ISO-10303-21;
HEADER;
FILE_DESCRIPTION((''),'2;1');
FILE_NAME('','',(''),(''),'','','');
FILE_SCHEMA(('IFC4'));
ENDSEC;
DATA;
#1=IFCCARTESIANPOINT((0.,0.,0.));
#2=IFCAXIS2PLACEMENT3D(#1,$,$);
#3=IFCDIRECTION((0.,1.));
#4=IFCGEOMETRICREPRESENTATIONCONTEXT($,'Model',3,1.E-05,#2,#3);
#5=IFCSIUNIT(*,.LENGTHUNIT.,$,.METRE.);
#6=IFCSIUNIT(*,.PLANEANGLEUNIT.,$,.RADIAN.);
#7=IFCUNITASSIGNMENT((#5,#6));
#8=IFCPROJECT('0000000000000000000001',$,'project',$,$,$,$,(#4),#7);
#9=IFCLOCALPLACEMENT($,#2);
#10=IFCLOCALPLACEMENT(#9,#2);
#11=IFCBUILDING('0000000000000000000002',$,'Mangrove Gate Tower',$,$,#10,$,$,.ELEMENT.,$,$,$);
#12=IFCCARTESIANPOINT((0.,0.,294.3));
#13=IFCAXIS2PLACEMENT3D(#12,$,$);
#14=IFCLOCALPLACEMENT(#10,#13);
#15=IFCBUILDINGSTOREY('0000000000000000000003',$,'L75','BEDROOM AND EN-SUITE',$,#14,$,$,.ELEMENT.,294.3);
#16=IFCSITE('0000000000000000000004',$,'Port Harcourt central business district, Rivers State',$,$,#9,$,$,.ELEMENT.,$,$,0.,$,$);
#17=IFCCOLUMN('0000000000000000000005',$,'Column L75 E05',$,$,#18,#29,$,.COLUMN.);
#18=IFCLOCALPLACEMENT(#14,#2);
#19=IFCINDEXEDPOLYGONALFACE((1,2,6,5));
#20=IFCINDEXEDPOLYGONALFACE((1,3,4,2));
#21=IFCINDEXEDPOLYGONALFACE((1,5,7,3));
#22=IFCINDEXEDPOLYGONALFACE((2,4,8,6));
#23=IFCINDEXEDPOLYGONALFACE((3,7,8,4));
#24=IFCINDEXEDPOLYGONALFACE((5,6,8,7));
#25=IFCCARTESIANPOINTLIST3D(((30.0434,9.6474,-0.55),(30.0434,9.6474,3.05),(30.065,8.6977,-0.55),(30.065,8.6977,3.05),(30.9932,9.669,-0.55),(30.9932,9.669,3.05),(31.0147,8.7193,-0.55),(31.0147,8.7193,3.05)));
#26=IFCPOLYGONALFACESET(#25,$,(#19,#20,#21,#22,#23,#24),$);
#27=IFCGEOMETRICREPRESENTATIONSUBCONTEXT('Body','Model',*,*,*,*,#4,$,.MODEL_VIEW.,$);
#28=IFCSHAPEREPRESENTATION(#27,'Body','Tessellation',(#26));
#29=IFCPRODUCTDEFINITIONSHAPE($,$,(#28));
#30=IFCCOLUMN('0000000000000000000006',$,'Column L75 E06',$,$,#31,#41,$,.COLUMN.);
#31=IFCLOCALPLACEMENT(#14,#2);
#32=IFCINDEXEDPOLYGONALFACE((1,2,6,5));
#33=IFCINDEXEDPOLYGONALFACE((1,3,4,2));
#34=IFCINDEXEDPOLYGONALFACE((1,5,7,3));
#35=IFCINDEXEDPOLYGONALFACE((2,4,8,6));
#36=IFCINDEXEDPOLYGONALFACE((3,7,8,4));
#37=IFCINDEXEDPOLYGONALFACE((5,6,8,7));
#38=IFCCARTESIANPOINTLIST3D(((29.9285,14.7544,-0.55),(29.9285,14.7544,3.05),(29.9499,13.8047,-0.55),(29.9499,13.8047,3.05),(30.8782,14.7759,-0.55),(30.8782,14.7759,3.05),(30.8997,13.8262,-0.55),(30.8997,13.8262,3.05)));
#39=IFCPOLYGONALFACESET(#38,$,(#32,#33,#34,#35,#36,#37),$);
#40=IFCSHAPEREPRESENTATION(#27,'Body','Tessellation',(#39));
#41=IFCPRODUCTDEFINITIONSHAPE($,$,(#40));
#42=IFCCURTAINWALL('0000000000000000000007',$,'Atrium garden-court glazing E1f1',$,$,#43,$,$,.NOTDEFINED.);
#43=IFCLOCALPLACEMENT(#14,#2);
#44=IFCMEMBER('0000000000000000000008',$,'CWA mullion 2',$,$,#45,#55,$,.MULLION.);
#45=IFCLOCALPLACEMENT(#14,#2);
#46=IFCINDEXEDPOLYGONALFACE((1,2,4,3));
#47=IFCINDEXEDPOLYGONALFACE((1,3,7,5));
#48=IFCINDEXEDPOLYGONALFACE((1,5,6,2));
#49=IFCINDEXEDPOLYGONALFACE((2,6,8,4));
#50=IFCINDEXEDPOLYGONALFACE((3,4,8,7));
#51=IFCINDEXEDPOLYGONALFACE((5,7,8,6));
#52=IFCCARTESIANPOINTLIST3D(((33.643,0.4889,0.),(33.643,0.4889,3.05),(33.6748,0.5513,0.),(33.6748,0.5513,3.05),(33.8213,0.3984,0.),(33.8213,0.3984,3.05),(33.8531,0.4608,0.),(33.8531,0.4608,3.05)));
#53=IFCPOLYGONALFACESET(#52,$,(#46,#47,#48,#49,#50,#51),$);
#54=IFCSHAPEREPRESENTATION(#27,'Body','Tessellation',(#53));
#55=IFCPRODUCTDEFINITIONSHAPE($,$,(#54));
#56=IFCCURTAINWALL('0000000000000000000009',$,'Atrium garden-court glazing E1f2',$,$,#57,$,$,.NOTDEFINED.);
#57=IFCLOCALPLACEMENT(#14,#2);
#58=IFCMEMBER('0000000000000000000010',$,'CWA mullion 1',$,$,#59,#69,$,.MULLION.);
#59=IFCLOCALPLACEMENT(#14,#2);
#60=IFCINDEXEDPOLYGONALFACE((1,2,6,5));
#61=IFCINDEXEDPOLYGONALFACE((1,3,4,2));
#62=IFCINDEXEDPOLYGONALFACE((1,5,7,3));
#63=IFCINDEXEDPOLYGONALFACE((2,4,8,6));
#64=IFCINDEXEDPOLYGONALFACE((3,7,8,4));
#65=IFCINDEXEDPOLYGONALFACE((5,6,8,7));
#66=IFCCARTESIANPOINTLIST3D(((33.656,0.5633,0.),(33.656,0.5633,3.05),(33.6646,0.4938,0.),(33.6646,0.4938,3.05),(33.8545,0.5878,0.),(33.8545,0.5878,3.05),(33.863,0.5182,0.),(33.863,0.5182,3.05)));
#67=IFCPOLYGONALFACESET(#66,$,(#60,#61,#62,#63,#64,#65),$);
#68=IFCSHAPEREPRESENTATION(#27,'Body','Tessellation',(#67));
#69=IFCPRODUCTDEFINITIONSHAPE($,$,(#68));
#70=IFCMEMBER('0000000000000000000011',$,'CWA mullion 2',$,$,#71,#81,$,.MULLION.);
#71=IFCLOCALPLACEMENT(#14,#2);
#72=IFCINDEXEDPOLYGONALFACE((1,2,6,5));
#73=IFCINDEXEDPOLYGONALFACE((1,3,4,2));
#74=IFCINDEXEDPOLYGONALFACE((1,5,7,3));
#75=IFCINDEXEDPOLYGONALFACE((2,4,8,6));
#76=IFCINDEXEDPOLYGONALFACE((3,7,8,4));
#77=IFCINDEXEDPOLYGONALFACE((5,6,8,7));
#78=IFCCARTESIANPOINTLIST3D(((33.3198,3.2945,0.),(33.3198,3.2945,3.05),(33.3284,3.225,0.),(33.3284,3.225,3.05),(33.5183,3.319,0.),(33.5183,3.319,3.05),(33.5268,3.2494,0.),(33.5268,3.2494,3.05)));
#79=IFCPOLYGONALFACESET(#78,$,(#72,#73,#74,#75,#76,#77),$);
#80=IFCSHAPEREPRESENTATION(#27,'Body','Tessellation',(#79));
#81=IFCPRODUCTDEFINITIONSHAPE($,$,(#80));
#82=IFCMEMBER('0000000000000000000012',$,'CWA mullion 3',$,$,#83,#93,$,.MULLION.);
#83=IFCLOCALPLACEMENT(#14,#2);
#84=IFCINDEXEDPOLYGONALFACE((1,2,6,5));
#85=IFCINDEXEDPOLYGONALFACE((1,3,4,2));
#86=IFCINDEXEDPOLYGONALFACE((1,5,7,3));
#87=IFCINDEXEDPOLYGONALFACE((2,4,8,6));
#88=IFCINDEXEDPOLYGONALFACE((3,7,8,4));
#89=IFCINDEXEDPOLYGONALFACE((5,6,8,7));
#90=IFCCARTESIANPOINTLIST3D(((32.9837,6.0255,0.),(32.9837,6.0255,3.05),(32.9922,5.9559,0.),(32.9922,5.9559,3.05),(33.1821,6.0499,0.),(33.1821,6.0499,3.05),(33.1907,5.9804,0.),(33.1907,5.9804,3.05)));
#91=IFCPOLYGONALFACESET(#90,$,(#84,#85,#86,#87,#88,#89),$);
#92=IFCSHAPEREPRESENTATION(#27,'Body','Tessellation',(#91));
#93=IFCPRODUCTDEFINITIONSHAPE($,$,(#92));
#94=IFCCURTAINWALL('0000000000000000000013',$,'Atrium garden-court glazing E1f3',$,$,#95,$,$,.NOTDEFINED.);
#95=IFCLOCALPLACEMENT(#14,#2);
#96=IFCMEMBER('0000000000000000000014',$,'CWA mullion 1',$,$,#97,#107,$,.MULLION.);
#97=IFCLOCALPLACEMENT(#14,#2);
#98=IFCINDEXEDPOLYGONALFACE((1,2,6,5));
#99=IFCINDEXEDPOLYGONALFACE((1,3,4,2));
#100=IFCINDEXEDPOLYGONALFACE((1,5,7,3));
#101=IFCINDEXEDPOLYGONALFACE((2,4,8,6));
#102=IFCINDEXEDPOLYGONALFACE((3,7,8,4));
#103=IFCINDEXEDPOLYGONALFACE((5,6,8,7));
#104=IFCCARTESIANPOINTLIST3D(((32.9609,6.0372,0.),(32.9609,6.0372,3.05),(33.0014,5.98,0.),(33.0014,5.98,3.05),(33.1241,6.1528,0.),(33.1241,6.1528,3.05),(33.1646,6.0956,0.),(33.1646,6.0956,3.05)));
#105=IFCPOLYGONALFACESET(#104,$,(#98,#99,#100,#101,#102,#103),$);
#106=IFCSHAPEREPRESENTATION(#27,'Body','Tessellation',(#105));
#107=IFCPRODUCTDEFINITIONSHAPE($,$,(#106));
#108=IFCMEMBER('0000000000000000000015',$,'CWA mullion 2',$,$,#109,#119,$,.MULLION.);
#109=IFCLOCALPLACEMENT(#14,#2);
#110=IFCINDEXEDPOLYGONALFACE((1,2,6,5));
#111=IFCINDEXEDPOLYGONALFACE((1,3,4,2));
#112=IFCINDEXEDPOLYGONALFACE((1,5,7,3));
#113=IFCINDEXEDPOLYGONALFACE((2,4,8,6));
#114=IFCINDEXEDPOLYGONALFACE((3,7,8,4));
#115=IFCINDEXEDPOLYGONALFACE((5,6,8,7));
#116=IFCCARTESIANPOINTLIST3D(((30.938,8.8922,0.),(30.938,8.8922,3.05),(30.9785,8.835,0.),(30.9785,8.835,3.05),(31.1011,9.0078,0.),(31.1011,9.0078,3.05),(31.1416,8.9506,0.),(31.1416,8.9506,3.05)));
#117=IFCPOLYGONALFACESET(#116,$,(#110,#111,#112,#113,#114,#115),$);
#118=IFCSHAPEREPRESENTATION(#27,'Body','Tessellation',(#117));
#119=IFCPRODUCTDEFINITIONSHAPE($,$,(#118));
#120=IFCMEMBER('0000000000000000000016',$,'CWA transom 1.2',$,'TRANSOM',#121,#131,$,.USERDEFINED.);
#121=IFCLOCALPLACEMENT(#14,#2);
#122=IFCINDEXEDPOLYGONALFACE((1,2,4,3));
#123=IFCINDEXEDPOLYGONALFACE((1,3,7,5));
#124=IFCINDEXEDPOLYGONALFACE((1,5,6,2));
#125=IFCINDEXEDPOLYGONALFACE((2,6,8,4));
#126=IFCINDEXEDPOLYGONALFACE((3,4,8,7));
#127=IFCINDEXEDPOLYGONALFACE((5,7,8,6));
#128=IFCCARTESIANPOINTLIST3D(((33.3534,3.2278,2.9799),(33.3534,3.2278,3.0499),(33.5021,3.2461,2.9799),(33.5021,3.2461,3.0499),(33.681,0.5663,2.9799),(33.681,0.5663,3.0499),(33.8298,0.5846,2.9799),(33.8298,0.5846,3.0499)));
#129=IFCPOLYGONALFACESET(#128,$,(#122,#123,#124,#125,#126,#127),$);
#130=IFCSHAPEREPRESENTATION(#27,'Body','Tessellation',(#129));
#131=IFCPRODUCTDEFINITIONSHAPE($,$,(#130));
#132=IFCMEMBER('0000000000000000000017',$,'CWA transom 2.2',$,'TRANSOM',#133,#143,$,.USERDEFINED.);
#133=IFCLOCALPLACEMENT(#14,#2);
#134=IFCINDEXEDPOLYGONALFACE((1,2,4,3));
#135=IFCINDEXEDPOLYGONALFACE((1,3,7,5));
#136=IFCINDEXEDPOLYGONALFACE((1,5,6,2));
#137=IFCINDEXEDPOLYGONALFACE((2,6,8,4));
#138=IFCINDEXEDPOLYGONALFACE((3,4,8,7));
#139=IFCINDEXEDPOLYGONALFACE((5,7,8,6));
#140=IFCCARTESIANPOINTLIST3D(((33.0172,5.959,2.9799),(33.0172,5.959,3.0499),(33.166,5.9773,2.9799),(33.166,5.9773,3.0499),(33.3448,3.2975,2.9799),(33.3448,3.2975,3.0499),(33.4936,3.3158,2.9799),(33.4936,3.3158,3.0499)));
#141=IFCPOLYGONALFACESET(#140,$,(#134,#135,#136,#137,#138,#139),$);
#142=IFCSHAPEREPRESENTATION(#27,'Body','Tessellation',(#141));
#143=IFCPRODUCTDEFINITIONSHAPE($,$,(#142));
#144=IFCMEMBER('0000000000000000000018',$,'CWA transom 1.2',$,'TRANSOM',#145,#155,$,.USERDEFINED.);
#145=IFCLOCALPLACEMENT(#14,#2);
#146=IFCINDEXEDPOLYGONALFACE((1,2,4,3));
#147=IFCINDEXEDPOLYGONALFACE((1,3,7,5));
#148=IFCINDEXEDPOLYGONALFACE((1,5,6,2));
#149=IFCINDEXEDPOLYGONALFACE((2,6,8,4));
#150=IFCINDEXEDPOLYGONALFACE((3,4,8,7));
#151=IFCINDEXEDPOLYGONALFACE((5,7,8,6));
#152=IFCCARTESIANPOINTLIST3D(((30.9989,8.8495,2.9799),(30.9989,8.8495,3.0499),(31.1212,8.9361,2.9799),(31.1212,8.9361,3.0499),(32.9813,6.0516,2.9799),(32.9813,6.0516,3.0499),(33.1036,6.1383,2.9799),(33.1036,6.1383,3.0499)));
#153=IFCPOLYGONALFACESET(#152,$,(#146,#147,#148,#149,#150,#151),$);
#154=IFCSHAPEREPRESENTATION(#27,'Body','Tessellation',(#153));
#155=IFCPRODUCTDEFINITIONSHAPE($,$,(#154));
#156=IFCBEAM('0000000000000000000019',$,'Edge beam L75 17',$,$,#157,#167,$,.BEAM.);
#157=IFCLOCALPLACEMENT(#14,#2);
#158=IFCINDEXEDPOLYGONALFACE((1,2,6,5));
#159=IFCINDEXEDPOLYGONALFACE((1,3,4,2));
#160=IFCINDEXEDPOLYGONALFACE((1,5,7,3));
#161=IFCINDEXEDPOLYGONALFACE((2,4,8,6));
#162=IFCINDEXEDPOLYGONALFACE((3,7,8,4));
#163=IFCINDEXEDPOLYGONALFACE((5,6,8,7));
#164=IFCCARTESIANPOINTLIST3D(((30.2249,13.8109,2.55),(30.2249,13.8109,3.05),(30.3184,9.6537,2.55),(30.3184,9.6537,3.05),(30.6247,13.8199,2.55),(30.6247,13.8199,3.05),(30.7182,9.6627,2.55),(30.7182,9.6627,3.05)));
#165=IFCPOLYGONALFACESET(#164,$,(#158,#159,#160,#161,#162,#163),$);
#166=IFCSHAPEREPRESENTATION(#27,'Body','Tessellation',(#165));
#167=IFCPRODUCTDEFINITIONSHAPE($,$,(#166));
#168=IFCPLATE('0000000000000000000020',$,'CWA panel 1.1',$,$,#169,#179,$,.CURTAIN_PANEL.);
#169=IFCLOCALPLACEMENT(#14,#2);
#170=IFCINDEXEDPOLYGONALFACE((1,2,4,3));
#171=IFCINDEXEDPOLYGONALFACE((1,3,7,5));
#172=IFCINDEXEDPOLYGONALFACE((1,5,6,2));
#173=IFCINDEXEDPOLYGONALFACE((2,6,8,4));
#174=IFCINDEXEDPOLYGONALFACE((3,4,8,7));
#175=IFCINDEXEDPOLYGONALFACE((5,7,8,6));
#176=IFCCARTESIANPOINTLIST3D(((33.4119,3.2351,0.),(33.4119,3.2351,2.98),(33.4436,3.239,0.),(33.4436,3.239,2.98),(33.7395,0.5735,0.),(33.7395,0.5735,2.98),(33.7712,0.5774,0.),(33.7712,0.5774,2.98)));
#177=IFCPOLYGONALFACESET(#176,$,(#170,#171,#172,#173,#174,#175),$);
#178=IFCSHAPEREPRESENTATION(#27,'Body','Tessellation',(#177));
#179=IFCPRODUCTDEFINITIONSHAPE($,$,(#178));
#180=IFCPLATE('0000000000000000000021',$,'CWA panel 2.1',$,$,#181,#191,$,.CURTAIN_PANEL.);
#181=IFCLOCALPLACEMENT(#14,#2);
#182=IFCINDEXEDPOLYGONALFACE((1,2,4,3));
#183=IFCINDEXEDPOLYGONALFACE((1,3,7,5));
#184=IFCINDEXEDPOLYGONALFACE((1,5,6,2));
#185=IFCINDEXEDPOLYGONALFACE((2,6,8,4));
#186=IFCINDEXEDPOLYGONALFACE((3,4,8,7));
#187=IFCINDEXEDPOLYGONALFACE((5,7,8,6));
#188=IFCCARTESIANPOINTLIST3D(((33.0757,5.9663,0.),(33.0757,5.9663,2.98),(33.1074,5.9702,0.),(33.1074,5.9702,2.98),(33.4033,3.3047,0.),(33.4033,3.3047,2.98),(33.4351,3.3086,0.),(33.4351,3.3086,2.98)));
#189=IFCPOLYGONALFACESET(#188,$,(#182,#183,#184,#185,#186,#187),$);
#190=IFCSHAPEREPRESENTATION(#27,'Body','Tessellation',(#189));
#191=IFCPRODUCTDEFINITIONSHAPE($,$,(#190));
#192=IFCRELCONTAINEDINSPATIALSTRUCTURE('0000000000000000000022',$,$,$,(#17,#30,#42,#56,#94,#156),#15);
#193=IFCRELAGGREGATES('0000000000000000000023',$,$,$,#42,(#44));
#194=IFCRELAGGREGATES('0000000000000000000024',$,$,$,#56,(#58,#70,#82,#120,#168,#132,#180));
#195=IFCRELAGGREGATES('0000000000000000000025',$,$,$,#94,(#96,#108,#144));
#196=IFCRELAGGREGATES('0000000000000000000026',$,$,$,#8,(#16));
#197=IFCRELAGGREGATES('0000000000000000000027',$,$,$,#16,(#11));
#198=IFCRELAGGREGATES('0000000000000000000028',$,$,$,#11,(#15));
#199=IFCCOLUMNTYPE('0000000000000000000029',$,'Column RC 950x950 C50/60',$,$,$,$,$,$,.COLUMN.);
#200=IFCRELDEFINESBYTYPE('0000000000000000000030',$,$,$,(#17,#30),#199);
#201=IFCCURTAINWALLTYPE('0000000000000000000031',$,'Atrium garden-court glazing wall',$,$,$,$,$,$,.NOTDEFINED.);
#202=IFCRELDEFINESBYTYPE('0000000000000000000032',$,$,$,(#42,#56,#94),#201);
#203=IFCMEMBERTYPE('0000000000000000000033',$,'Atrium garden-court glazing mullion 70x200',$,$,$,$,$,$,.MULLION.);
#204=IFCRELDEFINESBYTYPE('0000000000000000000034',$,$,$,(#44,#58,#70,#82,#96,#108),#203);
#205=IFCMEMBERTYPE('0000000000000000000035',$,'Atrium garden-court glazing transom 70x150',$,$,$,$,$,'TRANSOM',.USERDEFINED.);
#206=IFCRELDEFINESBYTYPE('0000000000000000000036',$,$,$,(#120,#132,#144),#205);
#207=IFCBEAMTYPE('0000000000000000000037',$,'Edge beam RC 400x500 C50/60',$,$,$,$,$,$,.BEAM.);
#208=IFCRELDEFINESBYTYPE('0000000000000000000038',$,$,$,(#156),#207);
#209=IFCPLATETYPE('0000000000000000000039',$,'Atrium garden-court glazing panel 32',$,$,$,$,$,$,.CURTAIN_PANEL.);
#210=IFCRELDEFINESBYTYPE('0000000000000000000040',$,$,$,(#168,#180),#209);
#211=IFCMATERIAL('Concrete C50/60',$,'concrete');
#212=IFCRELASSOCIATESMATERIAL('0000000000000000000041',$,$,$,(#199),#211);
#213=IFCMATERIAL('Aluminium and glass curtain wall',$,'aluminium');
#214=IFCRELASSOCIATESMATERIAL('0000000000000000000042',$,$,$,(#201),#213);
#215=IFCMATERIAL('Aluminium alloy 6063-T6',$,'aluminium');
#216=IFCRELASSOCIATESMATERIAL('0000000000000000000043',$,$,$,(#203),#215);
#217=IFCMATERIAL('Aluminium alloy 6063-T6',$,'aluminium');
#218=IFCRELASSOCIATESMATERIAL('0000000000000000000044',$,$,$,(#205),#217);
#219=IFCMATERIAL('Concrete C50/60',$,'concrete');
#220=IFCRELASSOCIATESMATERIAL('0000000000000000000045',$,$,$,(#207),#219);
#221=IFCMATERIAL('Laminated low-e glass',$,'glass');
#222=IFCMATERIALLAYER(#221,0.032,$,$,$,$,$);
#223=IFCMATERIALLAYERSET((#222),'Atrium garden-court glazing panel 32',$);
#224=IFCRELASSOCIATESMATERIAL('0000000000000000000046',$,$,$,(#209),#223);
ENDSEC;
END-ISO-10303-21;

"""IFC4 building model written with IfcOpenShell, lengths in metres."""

from ifc_helpers import new_model, si_unit, direction, frame, origin, origin_2d, place, context, subcontext, project, spatial, rectangle, extrude, material, layer, layer_set, material_profile, profile_set, type_object, element, aggregate, save


model = new_model("IFC4")

# Units and contexts
model_context = context("Model", 3, precision=1e-05, world=origin(), true_north=direction((0.0, 1.0)))
body_context = subcontext(model_context, "Body", "Model", "MODEL_VIEW")
ifc_project = project(units=[si_unit("LENGTHUNIT", "METRE"), si_unit("PLANEANGLEUNIT", "RADIAN")], contexts=[model_context])

# Site, building, storey
site_placement = place(None, origin())
site = spatial("IfcSite", under=ifc_project, at=site_placement, Name="Port Harcourt central business district, Rivers State", CompositionType="ELEMENT", RefElevation=0.0)
building_placement = place(site_placement, origin())
building = spatial("IfcBuilding", under=site, at=building_placement, Name="Mangrove Gate Tower", CompositionType="ELEMENT")
storey_placement = place(building_placement, frame((0.0, 0.0, 294.3)))
storey = spatial("IfcBuildingStorey", under=building, at=storey_placement, Name="L75", Description="BEDROOM AND EN-SUITE", CompositionType="ELEMENT", Elevation=294.3)

# Columns
ifc_material_1 = material(Name="Concrete C50/60", Category="concrete")
ifc_material_profile_1 = material_profile(ifc_material_1, rectangle(XDim=0.95, YDim=0.95, at=origin_2d()))
ifc_profile_set_1 = profile_set([ifc_material_profile_1], Name="Concrete C50/60")
column_type = type_object("IfcColumnType", Name="Column RC 950x950 C50/60", PredefinedType="COLUMN", material=ifc_profile_set_1)
for number, where, z_axis, x_axis, name in (
    (1, (30.5291, 9.1833, -0.55), (0.0, 0.0, 1.0), (-0.022642, 0.999744, 0.0), "Column L75 E05"),
    (2, (30.4141, 14.2903, -0.55), (0.0, 0.0, 1.0), (-0.02261, 0.999744, 0.0), "Column L75 E06"),
):
    element("IfcColumn", number, at=place(storey_placement, frame(where, z_axis=z_axis, x_axis=x_axis)), inside=storey, type_object=column_type, Name=name, PredefinedType="COLUMN", context=body_context, shape_type="SweptSolid", body=[
        extrude(rectangle(XDim=0.95, YDim=0.95, at=origin_2d()), origin(), (0.0, 0.0, 1.0), 3.6001),
    ])

# Curtain wall, member
ifc_material_2 = material(Name="Aluminium and glass curtain wall", Category="aluminium")
curtain_wall_type = type_object("IfcCurtainWallType", Name="Atrium garden-court glazing wall", PredefinedType="NOTDEFINED", material=ifc_material_2)
curtain_wall_1_placement = place(storey_placement, origin())
curtain_wall_1 = element("IfcCurtainWall", 3, at=curtain_wall_1_placement, inside=storey, type_object=curtain_wall_type, Name="Atrium garden-court glazing E1f1", PredefinedType="NOTDEFINED")
ifc_material_3 = material(Name="Aluminium alloy 6063-T6", Category="aluminium")
ifc_material_profile_2 = material_profile(ifc_material_3, rectangle(XDim=0.0701, YDim=0.2, at=origin_2d()))
ifc_profile_set_2 = profile_set([ifc_material_profile_2], Name="Aluminium alloy 6063-T6")
member_type_1 = type_object("IfcMemberType", Name="Atrium garden-court glazing mullion 70x200", PredefinedType="MULLION", material=ifc_profile_set_2)
member_1_placement = place(storey_placement, frame((33.748, 0.4749, 0.0), z_axis=(0.0, 0.0, 1.0), x_axis=(0.452617, 0.891705, 0.0)))
member_1 = element("IfcMember", 4, at=member_1_placement, type_object=member_type_1, Name="CWA mullion 2", PredefinedType="MULLION", context=body_context, shape_type="SweptSolid", body=[
    extrude(rectangle(XDim=0.0701, YDim=0.2, at=origin_2d()), origin(), (0.0, 0.0, 1.0), 3.05),
])
aggregate(curtain_wall_1, [member_1])

# Curtain walls, members
curtain_wall_2_placement = place(storey_placement, origin())
curtain_wall_2 = element("IfcCurtainWall", 5, at=curtain_wall_2_placement, inside=storey, type_object=curtain_wall_type, Name="Atrium garden-court glazing E1f2", PredefinedType="NOTDEFINED")
member_2_placement = place(storey_placement, frame((33.7595, 0.5408, 0.0), z_axis=(0.0, 0.0, 1.0), x_axis=(-0.122172, 0.992509, 0.0)))
member_2 = element("IfcMember", 6, at=member_2_placement, type_object=member_type_1, Name="CWA mullion 1", PredefinedType="MULLION", context=body_context, shape_type="SweptSolid", body=[
    extrude(rectangle(XDim=0.0701, YDim=0.2, at=origin_2d()), origin(), (0.0, 0.0, 1.0), 3.05),
])
member_3_placement = place(storey_placement, frame((33.4233, 3.272, 0.0), z_axis=(0.0, 0.0, 1.0), x_axis=(-0.122172, 0.992509, 0.0)))
member_3 = element("IfcMember", 7, at=member_3_placement, type_object=member_type_1, Name="CWA mullion 2", PredefinedType="MULLION", context=body_context, shape_type="SweptSolid", body=[
    extrude(rectangle(XDim=0.0701, YDim=0.2, at=origin_2d()), origin(), (0.0, 0.0, 1.0), 3.05),
])
member_4_placement = place(storey_placement, frame((33.0872, 6.0029, 0.0), z_axis=(0.0, 0.0, 1.0), x_axis=(-0.122172, 0.992509, 0.0)))
member_4 = element("IfcMember", 8, at=member_4_placement, type_object=member_type_1, Name="CWA mullion 3", PredefinedType="MULLION", context=body_context, shape_type="SweptSolid", body=[
    extrude(rectangle(XDim=0.0701, YDim=0.2, at=origin_2d()), origin(), (0.0, 0.0, 1.0), 3.05),
])
curtain_wall_3_placement = place(storey_placement, origin())
curtain_wall_3 = element("IfcCurtainWall", 9, at=curtain_wall_3_placement, inside=storey, type_object=curtain_wall_type, Name="Atrium garden-court glazing E1f3", PredefinedType="NOTDEFINED")
member_5_placement = place(storey_placement, frame((33.0627, 6.0664, 0.0), z_axis=(0.0, 0.0, 1.0), x_axis=(-0.578135, 0.815941, 0.0)))
member_5 = element("IfcMember", 10, at=member_5_placement, type_object=member_type_1, Name="CWA mullion 1", PredefinedType="MULLION", context=body_context, shape_type="SweptSolid", body=[
    extrude(rectangle(XDim=0.0701, YDim=0.2, at=origin_2d()), origin(), (0.0, 0.0, 1.0), 3.05),
])
member_6_placement = place(storey_placement, frame((31.0398, 8.9214, 0.0), z_axis=(0.0, 0.0, 1.0), x_axis=(-0.578135, 0.815941, 0.0)))
member_6 = element("IfcMember", 11, at=member_6_placement, type_object=member_type_1, Name="CWA mullion 2", PredefinedType="MULLION", context=body_context, shape_type="SweptSolid", body=[
    extrude(rectangle(XDim=0.0701, YDim=0.2, at=origin_2d()), origin(), (0.0, 0.0, 1.0), 3.05),
])

# Members
ifc_material_4 = material(Name="Aluminium alloy 6063-T6", Category="aluminium")
ifc_material_profile_3 = material_profile(ifc_material_4, rectangle(XDim=0.0701, YDim=0.1499, at=origin_2d()))
ifc_profile_set_3 = profile_set([ifc_material_profile_3], Name="Aluminium alloy 6063-T6")
member_type_2 = type_object("IfcMemberType", Name="Atrium garden-court glazing transom 70x150", ElementType="TRANSOM", PredefinedType="USERDEFINED", material=ifc_profile_set_3)
member_7_placement = place(storey_placement, frame((33.7554, 0.5754, 3.0149), z_axis=(-0.122175, 0.992509, 0.0), x_axis=(0.0, 0.0, 1.0)))
member_7 = element("IfcMember", 12, at=member_7_placement, type_object=member_type_2, Name="CWA transom 1.2", ObjectType="TRANSOM", PredefinedType="USERDEFINED", context=body_context, shape_type="SweptSolid", body=[
    extrude(rectangle(XDim=0.0701, YDim=0.1499, at=origin_2d()), origin(), (0.0, 0.0, 1.0), 2.6816),
])
member_8_placement = place(storey_placement, frame((33.4192, 3.3066, 3.0149), z_axis=(-0.122175, 0.992509, 0.0), x_axis=(0.0, 0.0, 1.0)))
member_8 = element("IfcMember", 13, at=member_8_placement, type_object=member_type_2, Name="CWA transom 2.2", ObjectType="TRANSOM", PredefinedType="USERDEFINED", context=body_context, shape_type="SweptSolid", body=[
    extrude(rectangle(XDim=0.0701, YDim=0.1499, at=origin_2d()), origin(), (0.0, 0.0, 1.0), 2.6816),
])
member_9_placement = place(storey_placement, frame((33.0425, 6.095, 3.0149), z_axis=(-0.578136, 0.815941, 0.0), x_axis=(0.0, 0.0, 1.0)))
member_9 = element("IfcMember", 14, at=member_9_placement, type_object=member_type_2, Name="CWA transom 1.2", ObjectType="TRANSOM", PredefinedType="USERDEFINED", context=body_context, shape_type="SweptSolid", body=[
    extrude(rectangle(XDim=0.0701, YDim=0.1499, at=origin_2d()), origin(), (0.0, 0.0, 1.0), 3.429),
])

# Beam
ifc_material_5 = material(Name="Concrete C50/60", Category="concrete")
ifc_material_profile_4 = material_profile(ifc_material_5, rectangle(XDim=0.3999, YDim=0.5, at=origin_2d()))
ifc_profile_set_4 = profile_set([ifc_material_profile_4], Name="Concrete C50/60")
beam_type = type_object("IfcBeamType", Name="Edge beam RC 400x500 C50/60", PredefinedType="BEAM", material=ifc_profile_set_4)
beam_placement = place(storey_placement, frame((30.5183, 9.6582, 2.8), z_axis=(-0.022487, 0.999747, 0.0), x_axis=(-0.999747, -0.022487, 0.0)))
element("IfcBeam", 15, at=beam_placement, inside=storey, type_object=beam_type, Name="Edge beam L75 17", PredefinedType="BEAM", context=body_context, shape_type="SweptSolid", body=[
    extrude(rectangle(XDim=0.3999, YDim=0.5, at=origin_2d()), origin(), (0.0, 0.0, 1.0), 4.1582),
])

# Plates
ifc_material_6 = material(Name="Laminated low-e glass", Category="glass")
ifc_layer_1 = layer(ifc_material_6, 0.032)
ifc_layer_set_1 = layer_set([ifc_layer_1], Name="Atrium garden-court glazing panel 32")
plate_type = type_object("IfcPlateType", Name="Atrium garden-court glazing panel 32", PredefinedType="CURTAIN_PANEL", material=ifc_layer_set_1)
plate_1_placement = place(storey_placement, frame((33.5916, 1.9062, 0.0), z_axis=(0.0, 0.0, 1.0), x_axis=(-0.122172, 0.992509, 0.0)))
plate_1 = element("IfcPlate", 16, at=plate_1_placement, type_object=plate_type, Name="CWA panel 1.1", PredefinedType="CURTAIN_PANEL", context=body_context, shape_type="SweptSolid", body=[
    extrude(rectangle(XDim=2.6816, YDim=0.032, at=origin_2d()), origin(), (0.0, 0.0, 1.0), 2.98),
])
plate_2_placement = place(storey_placement, frame((33.2554, 4.6375, 0.0), z_axis=(0.0, 0.0, 1.0), x_axis=(-0.122172, 0.992509, 0.0)))
plate_2 = element("IfcPlate", 17, at=plate_2_placement, type_object=plate_type, Name="CWA panel 2.1", PredefinedType="CURTAIN_PANEL", context=body_context, shape_type="SweptSolid", body=[
    extrude(rectangle(XDim=2.6816, YDim=0.032, at=origin_2d()), origin(), (0.0, 0.0, 1.0), 2.98),
])
aggregate(curtain_wall_2, [member_2, member_3, member_4, member_7, plate_1, member_8, plate_2])
aggregate(curtain_wall_3, [member_5, member_6, member_9])

save(model, "model.ifc")
